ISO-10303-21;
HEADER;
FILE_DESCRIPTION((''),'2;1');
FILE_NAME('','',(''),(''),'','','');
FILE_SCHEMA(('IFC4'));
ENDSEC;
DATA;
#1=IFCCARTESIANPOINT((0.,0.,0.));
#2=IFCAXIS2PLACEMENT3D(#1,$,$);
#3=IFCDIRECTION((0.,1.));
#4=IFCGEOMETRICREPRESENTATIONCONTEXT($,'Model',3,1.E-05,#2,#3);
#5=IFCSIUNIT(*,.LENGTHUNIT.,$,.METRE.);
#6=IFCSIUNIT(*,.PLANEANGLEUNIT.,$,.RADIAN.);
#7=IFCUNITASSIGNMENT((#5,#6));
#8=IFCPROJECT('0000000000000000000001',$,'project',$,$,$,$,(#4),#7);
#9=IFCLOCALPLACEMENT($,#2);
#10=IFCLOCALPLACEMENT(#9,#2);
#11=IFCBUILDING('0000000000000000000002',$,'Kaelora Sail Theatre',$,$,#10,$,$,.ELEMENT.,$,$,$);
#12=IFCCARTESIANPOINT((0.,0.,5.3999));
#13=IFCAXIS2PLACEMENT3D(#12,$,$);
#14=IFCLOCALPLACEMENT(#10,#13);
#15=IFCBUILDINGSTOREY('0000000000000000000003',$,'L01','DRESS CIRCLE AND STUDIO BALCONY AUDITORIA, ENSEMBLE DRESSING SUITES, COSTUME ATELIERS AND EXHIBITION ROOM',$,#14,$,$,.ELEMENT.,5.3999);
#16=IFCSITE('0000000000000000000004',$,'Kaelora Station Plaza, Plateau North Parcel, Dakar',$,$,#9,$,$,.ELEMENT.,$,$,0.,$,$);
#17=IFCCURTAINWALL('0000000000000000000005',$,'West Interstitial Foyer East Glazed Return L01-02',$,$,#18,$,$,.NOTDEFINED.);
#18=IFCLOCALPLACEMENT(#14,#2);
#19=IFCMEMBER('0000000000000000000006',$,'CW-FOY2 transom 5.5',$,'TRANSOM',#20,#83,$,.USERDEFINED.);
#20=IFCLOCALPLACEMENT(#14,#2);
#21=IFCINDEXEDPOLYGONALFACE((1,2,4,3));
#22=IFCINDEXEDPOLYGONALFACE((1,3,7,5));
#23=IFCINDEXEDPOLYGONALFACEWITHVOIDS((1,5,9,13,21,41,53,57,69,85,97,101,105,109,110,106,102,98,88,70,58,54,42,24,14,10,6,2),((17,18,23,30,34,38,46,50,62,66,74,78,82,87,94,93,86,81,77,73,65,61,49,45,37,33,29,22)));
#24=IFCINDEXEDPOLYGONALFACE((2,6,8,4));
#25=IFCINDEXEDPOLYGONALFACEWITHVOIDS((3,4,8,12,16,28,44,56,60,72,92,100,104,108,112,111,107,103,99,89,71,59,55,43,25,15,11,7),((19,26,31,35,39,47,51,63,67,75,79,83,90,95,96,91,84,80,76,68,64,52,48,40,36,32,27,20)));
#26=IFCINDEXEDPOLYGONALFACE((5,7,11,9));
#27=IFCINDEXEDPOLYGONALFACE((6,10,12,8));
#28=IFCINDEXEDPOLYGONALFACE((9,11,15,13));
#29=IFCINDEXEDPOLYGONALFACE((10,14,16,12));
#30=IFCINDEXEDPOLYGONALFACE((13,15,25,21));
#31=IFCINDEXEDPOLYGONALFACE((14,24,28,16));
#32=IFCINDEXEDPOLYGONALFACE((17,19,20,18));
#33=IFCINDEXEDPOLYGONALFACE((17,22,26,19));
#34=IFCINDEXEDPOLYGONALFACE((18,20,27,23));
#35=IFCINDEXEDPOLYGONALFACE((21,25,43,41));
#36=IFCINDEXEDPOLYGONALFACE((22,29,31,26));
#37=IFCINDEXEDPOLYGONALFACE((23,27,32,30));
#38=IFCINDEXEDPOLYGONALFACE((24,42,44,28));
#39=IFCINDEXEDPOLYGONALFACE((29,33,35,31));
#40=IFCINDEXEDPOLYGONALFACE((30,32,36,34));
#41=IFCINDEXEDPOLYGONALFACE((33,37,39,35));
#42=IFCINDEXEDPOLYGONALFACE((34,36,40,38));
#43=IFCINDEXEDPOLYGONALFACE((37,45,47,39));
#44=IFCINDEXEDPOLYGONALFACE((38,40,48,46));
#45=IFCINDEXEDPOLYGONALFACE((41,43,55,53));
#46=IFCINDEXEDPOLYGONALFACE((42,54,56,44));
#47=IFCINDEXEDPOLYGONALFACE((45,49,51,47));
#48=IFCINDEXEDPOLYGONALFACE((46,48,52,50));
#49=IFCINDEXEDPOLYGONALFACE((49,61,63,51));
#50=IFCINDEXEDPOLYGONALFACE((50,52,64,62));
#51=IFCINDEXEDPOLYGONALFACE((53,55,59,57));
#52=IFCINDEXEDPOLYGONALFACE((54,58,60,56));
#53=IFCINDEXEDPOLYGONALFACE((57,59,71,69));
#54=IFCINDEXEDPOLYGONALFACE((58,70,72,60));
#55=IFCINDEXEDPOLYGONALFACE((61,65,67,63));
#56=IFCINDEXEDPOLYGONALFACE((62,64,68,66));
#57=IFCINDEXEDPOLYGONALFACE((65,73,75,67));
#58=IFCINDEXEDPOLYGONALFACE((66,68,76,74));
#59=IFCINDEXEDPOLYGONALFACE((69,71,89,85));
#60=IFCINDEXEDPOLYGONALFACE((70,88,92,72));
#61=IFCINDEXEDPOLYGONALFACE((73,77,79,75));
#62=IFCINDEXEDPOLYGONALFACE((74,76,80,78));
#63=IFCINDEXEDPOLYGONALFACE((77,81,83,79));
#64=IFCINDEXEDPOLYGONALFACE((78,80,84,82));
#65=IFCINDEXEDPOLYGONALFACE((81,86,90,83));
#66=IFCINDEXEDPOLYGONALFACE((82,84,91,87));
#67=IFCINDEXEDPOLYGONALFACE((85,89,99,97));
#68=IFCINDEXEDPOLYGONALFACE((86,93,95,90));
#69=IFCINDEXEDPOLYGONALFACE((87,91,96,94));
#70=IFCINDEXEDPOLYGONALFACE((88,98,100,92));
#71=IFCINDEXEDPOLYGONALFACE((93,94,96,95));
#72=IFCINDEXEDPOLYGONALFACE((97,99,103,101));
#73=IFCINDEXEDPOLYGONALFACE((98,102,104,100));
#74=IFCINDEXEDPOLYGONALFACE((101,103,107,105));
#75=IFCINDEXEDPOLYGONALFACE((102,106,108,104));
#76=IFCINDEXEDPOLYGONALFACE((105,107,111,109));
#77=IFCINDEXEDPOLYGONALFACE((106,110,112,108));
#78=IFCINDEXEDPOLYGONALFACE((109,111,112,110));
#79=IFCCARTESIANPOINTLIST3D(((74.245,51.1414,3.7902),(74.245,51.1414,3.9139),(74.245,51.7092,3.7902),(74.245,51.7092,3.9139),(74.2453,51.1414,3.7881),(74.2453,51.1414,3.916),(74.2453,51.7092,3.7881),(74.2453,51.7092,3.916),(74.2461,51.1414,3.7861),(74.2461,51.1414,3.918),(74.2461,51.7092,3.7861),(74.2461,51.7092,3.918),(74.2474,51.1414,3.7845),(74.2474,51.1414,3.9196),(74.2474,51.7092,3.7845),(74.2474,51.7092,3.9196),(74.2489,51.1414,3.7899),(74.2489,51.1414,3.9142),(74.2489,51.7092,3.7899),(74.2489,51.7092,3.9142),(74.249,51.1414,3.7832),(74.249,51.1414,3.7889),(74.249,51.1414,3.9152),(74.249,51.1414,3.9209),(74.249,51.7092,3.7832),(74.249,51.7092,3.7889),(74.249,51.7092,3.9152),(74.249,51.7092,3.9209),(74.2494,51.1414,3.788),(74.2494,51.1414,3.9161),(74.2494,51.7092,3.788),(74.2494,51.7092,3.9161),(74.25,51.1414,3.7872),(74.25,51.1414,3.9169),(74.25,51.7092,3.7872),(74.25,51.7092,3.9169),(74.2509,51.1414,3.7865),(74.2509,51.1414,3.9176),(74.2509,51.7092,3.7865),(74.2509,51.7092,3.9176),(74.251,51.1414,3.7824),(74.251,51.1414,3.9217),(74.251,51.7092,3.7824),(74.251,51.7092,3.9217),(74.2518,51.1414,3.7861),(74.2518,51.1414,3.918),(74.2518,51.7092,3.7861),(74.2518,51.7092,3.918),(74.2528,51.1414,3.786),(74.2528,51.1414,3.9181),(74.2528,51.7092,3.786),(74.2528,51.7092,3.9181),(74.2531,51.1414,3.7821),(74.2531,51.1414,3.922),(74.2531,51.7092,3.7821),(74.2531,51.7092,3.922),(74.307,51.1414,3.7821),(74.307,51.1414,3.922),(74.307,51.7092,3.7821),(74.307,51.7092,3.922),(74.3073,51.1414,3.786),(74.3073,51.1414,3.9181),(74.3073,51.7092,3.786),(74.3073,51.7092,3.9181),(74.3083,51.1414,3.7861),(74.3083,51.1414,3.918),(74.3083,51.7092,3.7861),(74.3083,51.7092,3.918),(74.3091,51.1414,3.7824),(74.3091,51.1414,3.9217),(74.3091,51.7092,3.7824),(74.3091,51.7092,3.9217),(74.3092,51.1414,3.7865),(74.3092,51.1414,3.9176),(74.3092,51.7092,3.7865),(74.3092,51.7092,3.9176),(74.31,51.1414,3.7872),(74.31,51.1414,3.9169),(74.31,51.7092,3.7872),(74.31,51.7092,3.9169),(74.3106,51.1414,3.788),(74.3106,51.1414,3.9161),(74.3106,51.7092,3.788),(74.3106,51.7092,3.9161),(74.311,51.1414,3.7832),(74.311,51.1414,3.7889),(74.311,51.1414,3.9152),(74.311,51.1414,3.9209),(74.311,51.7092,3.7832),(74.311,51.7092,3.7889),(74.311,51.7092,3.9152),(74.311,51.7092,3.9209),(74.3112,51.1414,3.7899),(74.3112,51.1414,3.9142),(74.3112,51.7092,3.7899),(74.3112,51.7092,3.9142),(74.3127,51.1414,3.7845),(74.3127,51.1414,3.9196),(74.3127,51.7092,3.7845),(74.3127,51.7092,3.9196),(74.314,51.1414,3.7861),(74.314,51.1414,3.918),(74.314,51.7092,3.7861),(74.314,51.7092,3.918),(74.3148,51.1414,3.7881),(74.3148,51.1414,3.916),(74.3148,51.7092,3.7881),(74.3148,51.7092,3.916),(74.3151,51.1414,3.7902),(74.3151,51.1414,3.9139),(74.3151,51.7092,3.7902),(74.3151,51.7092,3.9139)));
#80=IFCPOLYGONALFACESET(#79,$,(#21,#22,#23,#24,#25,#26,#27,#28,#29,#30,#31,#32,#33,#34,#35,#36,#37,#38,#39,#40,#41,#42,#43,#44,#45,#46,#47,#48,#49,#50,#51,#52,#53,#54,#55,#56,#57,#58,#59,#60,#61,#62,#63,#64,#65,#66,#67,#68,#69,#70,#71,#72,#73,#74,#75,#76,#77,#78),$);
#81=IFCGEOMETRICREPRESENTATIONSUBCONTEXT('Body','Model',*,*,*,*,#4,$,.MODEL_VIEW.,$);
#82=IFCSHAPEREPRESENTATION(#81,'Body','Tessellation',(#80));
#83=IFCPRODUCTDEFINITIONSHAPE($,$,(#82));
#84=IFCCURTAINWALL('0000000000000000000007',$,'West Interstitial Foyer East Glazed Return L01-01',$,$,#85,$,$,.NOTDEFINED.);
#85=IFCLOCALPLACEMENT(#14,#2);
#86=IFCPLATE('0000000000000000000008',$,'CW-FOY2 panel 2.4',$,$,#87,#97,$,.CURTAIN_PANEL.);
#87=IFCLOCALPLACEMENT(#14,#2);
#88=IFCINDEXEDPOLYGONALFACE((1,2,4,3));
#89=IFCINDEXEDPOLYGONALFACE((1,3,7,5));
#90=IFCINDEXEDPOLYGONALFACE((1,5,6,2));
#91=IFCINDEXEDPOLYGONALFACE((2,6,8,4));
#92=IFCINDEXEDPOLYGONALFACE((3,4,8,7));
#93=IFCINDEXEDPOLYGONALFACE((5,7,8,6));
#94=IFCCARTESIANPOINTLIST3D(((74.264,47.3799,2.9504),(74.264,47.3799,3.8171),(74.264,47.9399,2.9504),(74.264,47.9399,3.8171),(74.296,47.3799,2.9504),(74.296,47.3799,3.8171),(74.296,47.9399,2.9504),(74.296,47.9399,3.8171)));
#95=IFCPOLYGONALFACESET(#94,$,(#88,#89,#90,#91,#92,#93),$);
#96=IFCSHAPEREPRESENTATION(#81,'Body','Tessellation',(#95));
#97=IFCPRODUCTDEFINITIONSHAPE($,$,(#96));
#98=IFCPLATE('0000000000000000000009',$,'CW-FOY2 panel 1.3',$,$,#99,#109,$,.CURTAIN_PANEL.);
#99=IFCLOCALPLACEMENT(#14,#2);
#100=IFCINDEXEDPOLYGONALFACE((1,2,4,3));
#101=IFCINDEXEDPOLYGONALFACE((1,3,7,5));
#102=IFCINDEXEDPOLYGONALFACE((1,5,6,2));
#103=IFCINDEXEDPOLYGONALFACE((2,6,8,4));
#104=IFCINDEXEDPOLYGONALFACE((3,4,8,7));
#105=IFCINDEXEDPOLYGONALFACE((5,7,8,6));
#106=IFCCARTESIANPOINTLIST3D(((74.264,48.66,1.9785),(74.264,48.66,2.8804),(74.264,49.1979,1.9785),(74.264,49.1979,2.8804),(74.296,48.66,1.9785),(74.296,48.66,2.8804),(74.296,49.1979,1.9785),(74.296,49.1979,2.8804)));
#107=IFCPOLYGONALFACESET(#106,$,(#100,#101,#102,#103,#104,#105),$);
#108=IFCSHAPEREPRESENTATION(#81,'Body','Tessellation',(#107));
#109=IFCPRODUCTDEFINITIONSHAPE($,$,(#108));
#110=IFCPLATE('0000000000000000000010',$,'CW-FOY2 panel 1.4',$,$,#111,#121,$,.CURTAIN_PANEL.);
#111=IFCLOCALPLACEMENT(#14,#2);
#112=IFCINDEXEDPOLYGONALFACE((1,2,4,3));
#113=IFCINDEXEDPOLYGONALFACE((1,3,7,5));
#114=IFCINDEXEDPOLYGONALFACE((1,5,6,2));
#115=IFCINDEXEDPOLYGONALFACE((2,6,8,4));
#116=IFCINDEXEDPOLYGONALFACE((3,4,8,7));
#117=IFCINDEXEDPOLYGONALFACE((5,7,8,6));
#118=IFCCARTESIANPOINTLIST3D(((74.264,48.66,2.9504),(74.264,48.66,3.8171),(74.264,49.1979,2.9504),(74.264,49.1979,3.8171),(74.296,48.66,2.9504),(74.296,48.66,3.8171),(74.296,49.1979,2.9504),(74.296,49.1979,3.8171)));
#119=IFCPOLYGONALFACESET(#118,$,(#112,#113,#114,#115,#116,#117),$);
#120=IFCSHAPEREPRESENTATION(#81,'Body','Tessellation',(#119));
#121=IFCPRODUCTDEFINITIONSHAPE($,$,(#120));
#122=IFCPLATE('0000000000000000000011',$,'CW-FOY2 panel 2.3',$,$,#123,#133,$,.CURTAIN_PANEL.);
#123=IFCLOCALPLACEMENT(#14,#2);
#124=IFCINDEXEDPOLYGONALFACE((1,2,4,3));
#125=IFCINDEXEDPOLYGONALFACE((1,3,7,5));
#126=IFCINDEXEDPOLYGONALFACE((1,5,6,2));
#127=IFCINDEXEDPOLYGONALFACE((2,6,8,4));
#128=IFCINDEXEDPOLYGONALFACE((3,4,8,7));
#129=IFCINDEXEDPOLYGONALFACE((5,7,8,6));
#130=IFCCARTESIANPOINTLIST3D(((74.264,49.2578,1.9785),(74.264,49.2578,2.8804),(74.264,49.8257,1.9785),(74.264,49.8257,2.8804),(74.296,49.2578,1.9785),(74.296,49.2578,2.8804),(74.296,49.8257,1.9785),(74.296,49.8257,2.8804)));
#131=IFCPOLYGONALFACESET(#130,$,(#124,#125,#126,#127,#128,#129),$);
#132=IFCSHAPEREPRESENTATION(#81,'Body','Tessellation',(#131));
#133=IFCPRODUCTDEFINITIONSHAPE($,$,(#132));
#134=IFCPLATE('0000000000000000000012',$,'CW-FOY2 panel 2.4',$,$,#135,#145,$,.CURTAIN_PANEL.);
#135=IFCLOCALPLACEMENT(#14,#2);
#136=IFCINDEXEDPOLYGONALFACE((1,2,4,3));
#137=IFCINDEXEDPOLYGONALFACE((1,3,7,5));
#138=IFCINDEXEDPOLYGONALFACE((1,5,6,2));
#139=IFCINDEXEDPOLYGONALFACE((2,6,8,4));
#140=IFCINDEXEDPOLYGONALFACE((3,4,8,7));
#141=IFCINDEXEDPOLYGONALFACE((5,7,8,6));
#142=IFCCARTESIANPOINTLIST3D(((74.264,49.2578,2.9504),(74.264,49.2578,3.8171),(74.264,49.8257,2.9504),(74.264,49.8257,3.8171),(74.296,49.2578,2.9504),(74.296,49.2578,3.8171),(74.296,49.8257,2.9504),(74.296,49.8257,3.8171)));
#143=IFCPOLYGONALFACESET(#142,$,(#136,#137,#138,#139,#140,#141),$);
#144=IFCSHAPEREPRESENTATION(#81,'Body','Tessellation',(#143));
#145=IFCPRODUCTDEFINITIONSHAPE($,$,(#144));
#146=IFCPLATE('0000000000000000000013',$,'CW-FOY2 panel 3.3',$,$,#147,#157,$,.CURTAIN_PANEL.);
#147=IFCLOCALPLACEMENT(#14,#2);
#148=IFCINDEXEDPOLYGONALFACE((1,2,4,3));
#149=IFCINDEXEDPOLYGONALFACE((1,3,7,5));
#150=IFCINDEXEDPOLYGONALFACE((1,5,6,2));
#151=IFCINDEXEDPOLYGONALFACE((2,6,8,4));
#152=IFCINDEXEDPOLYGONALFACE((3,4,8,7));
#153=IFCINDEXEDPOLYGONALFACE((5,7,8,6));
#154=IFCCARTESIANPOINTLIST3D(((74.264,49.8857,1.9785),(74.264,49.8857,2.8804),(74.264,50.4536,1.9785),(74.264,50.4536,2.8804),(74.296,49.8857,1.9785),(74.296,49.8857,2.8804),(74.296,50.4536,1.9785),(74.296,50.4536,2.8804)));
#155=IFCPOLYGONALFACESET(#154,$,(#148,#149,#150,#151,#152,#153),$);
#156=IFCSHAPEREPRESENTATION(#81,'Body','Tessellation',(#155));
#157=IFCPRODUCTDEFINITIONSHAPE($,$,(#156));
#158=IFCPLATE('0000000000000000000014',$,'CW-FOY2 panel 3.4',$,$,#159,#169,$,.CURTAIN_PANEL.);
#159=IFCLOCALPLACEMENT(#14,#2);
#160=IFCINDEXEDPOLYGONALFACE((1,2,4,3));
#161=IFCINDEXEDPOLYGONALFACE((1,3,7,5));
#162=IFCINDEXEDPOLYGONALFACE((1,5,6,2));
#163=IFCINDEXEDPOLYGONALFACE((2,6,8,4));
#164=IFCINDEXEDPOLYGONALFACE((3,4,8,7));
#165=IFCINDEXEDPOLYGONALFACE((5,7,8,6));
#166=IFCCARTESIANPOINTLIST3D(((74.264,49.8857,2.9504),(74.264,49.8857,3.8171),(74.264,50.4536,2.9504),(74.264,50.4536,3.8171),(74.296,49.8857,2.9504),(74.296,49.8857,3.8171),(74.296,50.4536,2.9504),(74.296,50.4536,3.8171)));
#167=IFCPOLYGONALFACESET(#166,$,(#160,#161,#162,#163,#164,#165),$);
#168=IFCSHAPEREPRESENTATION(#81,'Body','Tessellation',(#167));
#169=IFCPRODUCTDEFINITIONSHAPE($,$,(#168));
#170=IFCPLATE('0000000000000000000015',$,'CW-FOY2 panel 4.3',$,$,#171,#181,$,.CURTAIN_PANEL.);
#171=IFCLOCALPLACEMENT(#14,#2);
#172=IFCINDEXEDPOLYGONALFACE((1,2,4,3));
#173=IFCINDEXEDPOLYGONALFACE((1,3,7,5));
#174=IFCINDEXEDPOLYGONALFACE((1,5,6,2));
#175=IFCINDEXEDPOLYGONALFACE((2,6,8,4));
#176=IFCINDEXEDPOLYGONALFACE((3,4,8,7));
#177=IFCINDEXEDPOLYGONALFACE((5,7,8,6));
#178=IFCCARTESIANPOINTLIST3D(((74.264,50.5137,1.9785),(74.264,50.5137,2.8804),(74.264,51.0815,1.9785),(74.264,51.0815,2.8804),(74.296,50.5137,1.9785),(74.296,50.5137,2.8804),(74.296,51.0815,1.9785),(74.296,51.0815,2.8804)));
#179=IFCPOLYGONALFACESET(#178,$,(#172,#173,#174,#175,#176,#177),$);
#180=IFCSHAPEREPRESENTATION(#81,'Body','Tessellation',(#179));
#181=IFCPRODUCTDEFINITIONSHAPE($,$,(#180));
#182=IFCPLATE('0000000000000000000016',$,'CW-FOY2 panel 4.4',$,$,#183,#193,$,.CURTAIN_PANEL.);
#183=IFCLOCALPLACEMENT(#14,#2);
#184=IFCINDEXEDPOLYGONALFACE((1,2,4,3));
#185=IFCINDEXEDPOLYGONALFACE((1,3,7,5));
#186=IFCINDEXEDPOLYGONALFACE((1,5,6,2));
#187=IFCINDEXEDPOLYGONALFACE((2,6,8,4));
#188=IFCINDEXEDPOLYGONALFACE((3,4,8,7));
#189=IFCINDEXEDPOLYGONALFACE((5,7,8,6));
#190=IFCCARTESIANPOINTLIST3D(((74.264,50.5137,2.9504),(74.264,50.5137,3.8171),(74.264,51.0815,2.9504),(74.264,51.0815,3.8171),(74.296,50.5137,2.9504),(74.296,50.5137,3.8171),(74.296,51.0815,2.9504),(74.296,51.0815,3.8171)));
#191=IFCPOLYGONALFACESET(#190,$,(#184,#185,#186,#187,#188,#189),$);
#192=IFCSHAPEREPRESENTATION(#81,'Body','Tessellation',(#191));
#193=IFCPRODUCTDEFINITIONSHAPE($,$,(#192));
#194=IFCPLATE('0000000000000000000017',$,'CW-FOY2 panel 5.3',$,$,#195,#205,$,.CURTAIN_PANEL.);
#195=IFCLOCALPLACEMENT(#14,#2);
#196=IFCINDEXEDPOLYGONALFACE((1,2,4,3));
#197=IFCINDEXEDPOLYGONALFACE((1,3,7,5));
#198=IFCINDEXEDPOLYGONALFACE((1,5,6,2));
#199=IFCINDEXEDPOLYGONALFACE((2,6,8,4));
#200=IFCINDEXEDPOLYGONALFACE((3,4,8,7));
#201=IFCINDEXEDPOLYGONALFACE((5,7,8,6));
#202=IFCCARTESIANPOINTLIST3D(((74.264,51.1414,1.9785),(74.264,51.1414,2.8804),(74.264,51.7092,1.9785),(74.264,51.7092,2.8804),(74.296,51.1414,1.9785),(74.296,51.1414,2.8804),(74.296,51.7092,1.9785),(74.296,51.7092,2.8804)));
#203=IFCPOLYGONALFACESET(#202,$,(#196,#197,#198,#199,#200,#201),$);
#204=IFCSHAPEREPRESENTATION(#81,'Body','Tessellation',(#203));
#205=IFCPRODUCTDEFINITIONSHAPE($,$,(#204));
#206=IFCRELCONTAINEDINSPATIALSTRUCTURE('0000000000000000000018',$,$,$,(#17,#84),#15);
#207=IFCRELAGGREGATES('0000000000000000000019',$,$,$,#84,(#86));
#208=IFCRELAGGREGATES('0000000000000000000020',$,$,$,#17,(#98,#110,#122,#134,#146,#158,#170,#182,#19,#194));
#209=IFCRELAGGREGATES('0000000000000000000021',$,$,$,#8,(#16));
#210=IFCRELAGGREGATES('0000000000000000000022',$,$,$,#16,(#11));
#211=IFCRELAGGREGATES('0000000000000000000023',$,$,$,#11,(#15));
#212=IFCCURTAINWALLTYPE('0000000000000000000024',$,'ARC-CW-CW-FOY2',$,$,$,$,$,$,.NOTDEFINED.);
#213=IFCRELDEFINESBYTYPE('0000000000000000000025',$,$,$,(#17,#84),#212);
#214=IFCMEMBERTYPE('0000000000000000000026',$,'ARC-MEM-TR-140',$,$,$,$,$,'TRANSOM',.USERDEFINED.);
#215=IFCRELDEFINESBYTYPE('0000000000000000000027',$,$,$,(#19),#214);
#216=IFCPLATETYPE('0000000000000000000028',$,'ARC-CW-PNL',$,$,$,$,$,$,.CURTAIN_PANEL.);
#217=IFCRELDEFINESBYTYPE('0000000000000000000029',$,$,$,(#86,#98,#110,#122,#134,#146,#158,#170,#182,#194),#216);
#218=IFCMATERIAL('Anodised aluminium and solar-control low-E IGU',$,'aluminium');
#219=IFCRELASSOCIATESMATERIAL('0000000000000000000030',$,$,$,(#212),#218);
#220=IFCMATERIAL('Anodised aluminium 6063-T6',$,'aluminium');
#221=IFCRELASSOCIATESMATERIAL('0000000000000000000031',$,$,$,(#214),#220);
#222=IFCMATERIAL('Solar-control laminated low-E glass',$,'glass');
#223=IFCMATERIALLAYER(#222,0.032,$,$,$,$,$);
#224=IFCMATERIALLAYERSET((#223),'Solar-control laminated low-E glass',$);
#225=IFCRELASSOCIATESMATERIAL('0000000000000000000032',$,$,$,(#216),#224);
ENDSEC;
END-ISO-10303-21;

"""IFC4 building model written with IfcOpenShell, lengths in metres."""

from ifc_helpers import new_model, si_unit, direction, frame, origin, origin_2d, place, context, subcontext, project, spatial, rectangle, hollow_rectangle, extrude, material, layer, layer_set, material_profile, profile_set, type_object, element, aggregate, save


model = new_model("IFC4")

# Units and contexts
model_context = context("Model", 3, precision=1e-05, world=origin(), true_north=direction((0.0, 1.0)))
body_context = subcontext(model_context, "Body", "Model", "MODEL_VIEW")
ifc_project = project(units=[si_unit("LENGTHUNIT", "METRE"), si_unit("PLANEANGLEUNIT", "RADIAN")], contexts=[model_context])

# Site, building, storey
site_placement = place(None, origin())
site = spatial("IfcSite", under=ifc_project, at=site_placement, Name="Kaelora Station Plaza, Plateau North Parcel, Dakar", CompositionType="ELEMENT", RefElevation=0.0)
building_placement = place(site_placement, origin())
building = spatial("IfcBuilding", under=site, at=building_placement, Name="Kaelora Sail Theatre", CompositionType="ELEMENT")
storey_placement = place(building_placement, frame((0.0, 0.0, 5.3999)))
storey = spatial("IfcBuildingStorey", under=building, at=storey_placement, Name="L01", Description="DRESS CIRCLE AND STUDIO BALCONY AUDITORIA, ENSEMBLE DRESSING SUITES, COSTUME ATELIERS AND EXHIBITION ROOM", CompositionType="ELEMENT", Elevation=5.3999)

# Curtain wall, member
ifc_material_1 = material(Name="Anodised aluminium and solar-control low-E IGU", Category="aluminium")
curtain_wall_type = type_object("IfcCurtainWallType", Name="ARC-CW-CW-FOY2", PredefinedType="NOTDEFINED", material=ifc_material_1)
curtain_wall_1_placement = place(storey_placement, origin())
curtain_wall_1 = element("IfcCurtainWall", 1, at=curtain_wall_1_placement, inside=storey, type_object=curtain_wall_type, Name="West Interstitial Foyer East Glazed Return L01-02", PredefinedType="NOTDEFINED")
ifc_material_2 = material(Name="Anodised aluminium 6063-T6", Category="aluminium")
ifc_material_profile = material_profile(ifc_material_2, hollow_rectangle(XDim=0.0701, YDim=0.1399, WallThickness=0.0039, InnerFilletRadius=0.0039, OuterFilletRadius=0.0081, at=origin_2d()), Name="ALU-TRAN 70x140x4")
ifc_profile_set = profile_set([ifc_material_profile], Name="Anodised aluminium 6063-T6")
member_type = type_object("IfcMemberType", Name="ARC-MEM-TR-140", ElementType="TRANSOM", PredefinedType="USERDEFINED", material=ifc_profile_set)
member_1_placement = place(storey_placement, frame((74.28, 51.1414, 3.8521), z_axis=(0.0, 1.0, 0.0), x_axis=(-1.0, 0.0, 0.0)))
member_1 = element("IfcMember", 2, at=member_1_placement, type_object=member_type, Name="CW-FOY2 transom 5.5", ObjectType="TRANSOM", PredefinedType="USERDEFINED", context=body_context, shape_type="SweptSolid", body=[
    extrude(hollow_rectangle(XDim=0.0701, YDim=0.1399, WallThickness=0.0039, InnerFilletRadius=0.0039, OuterFilletRadius=0.0081, at=origin_2d()), origin(), (0.0, 0.0, 1.0), 0.5679),
])

# Curtain wall, plate
curtain_wall_2_placement = place(storey_placement, origin())
curtain_wall_2 = element("IfcCurtainWall", 3, at=curtain_wall_2_placement, inside=storey, type_object=curtain_wall_type, Name="West Interstitial Foyer East Glazed Return L01-01", PredefinedType="NOTDEFINED")
ifc_material_3 = material(Name="Solar-control laminated low-E glass", Category="glass")
ifc_layer = layer(ifc_material_3, 0.032)
ifc_layer_set = layer_set([ifc_layer], Name="Solar-control laminated low-E glass")
plate_type = type_object("IfcPlateType", Name="ARC-CW-PNL", PredefinedType="CURTAIN_PANEL", material=ifc_layer_set)
plate_1_placement = place(storey_placement, frame((74.28, 47.6599, 2.9504), z_axis=(0.0, 0.0, 1.0), x_axis=(0.0, 1.0, 0.0)))
plate_1 = element("IfcPlate", 4, at=plate_1_placement, type_object=plate_type, Name="CW-FOY2 panel 2.4", PredefinedType="CURTAIN_PANEL", context=body_context, shape_type="SweptSolid", body=[
    extrude(rectangle(XDim=0.5601, YDim=0.032, at=origin_2d()), origin(), (0.0, 0.0, 1.0), 0.8667),
])
aggregate(curtain_wall_2, [plate_1])

# Plates
plate_2_placement = place(storey_placement, frame((74.28, 48.929, 1.9785), z_axis=(0.0, 0.0, 1.0), x_axis=(0.0, 1.0, 0.0)))
plate_2 = element("IfcPlate", 5, at=plate_2_placement, type_object=plate_type, Name="CW-FOY2 panel 1.3", PredefinedType="CURTAIN_PANEL", context=body_context, shape_type="SweptSolid", body=[
    extrude(rectangle(XDim=0.5378, YDim=0.032, at=origin_2d()), origin(), (0.0, 0.0, 1.0), 0.9019),
])
plate_3_placement = place(storey_placement, frame((74.28, 48.929, 2.9504), z_axis=(0.0, 0.0, 1.0), x_axis=(0.0, 1.0, 0.0)))
plate_3 = element("IfcPlate", 6, at=plate_3_placement, type_object=plate_type, Name="CW-FOY2 panel 1.4", PredefinedType="CURTAIN_PANEL", context=body_context, shape_type="SweptSolid", body=[
    extrude(rectangle(XDim=0.5378, YDim=0.032, at=origin_2d()), origin(), (0.0, 0.0, 1.0), 0.8667),
])
plate_4_placement = place(storey_placement, frame((74.28, 49.5417, 1.9785), z_axis=(0.0, 0.0, 1.0), x_axis=(0.0, 1.0, 0.0)))
plate_4 = element("IfcPlate", 7, at=plate_4_placement, type_object=plate_type, Name="CW-FOY2 panel 2.3", PredefinedType="CURTAIN_PANEL", context=body_context, shape_type="SweptSolid", body=[
    extrude(rectangle(XDim=0.5679, YDim=0.032, at=origin_2d()), origin(), (0.0, 0.0, 1.0), 0.9019),
])
plate_5_placement = place(storey_placement, frame((74.28, 49.5417, 2.9504), z_axis=(0.0, 0.0, 1.0), x_axis=(0.0, 1.0, 0.0)))
plate_5 = element("IfcPlate", 8, at=plate_5_placement, type_object=plate_type, Name="CW-FOY2 panel 2.4", PredefinedType="CURTAIN_PANEL", context=body_context, shape_type="SweptSolid", body=[
    extrude(rectangle(XDim=0.5679, YDim=0.032, at=origin_2d()), origin(), (0.0, 0.0, 1.0), 0.8667),
])
plate_6_placement = place(storey_placement, frame((74.28, 50.1697, 1.9785), z_axis=(0.0, 0.0, 1.0), x_axis=(0.0, 1.0, 0.0)))
plate_6 = element("IfcPlate", 9, at=plate_6_placement, type_object=plate_type, Name="CW-FOY2 panel 3.3", PredefinedType="CURTAIN_PANEL", context=body_context, shape_type="SweptSolid", body=[
    extrude(rectangle(XDim=0.5679, YDim=0.032, at=origin_2d()), origin(), (0.0, 0.0, 1.0), 0.9019),
])
plate_7_placement = place(storey_placement, frame((74.28, 50.1697, 2.9504), z_axis=(0.0, 0.0, 1.0), x_axis=(0.0, 1.0, 0.0)))
plate_7 = element("IfcPlate", 10, at=plate_7_placement, type_object=plate_type, Name="CW-FOY2 panel 3.4", PredefinedType="CURTAIN_PANEL", context=body_context, shape_type="SweptSolid", body=[
    extrude(rectangle(XDim=0.5679, YDim=0.032, at=origin_2d()), origin(), (0.0, 0.0, 1.0), 0.8667),
])
plate_8_placement = place(storey_placement, frame((74.28, 50.7976, 1.9785), z_axis=(0.0, 0.0, 1.0), x_axis=(0.0, 1.0, 0.0)))
plate_8 = element("IfcPlate", 11, at=plate_8_placement, type_object=plate_type, Name="CW-FOY2 panel 4.3", PredefinedType="CURTAIN_PANEL", context=body_context, shape_type="SweptSolid", body=[
    extrude(rectangle(XDim=0.5679, YDim=0.032, at=origin_2d()), origin(), (0.0, 0.0, 1.0), 0.9019),
])
plate_9_placement = place(storey_placement, frame((74.28, 50.7976, 2.9504), z_axis=(0.0, 0.0, 1.0), x_axis=(0.0, 1.0, 0.0)))
plate_9 = element("IfcPlate", 12, at=plate_9_placement, type_object=plate_type, Name="CW-FOY2 panel 4.4", PredefinedType="CURTAIN_PANEL", context=body_context, shape_type="SweptSolid", body=[
    extrude(rectangle(XDim=0.5679, YDim=0.032, at=origin_2d()), origin(), (0.0, 0.0, 1.0), 0.8667),
])
plate_10_placement = place(storey_placement, frame((74.28, 51.4253, 1.9785), z_axis=(0.0, 0.0, 1.0), x_axis=(0.0, 1.0, 0.0)))
plate_10 = element("IfcPlate", 13, at=plate_10_placement, type_object=plate_type, Name="CW-FOY2 panel 5.3", PredefinedType="CURTAIN_PANEL", context=body_context, shape_type="SweptSolid", body=[
    extrude(rectangle(XDim=0.5679, YDim=0.032, at=origin_2d()), origin(), (0.0, 0.0, 1.0), 0.9019),
])
aggregate(curtain_wall_1, [plate_2, plate_3, plate_4, plate_5, plate_6, plate_7, plate_8, plate_9, member_1, plate_10])

save(model, "model.ifc")
